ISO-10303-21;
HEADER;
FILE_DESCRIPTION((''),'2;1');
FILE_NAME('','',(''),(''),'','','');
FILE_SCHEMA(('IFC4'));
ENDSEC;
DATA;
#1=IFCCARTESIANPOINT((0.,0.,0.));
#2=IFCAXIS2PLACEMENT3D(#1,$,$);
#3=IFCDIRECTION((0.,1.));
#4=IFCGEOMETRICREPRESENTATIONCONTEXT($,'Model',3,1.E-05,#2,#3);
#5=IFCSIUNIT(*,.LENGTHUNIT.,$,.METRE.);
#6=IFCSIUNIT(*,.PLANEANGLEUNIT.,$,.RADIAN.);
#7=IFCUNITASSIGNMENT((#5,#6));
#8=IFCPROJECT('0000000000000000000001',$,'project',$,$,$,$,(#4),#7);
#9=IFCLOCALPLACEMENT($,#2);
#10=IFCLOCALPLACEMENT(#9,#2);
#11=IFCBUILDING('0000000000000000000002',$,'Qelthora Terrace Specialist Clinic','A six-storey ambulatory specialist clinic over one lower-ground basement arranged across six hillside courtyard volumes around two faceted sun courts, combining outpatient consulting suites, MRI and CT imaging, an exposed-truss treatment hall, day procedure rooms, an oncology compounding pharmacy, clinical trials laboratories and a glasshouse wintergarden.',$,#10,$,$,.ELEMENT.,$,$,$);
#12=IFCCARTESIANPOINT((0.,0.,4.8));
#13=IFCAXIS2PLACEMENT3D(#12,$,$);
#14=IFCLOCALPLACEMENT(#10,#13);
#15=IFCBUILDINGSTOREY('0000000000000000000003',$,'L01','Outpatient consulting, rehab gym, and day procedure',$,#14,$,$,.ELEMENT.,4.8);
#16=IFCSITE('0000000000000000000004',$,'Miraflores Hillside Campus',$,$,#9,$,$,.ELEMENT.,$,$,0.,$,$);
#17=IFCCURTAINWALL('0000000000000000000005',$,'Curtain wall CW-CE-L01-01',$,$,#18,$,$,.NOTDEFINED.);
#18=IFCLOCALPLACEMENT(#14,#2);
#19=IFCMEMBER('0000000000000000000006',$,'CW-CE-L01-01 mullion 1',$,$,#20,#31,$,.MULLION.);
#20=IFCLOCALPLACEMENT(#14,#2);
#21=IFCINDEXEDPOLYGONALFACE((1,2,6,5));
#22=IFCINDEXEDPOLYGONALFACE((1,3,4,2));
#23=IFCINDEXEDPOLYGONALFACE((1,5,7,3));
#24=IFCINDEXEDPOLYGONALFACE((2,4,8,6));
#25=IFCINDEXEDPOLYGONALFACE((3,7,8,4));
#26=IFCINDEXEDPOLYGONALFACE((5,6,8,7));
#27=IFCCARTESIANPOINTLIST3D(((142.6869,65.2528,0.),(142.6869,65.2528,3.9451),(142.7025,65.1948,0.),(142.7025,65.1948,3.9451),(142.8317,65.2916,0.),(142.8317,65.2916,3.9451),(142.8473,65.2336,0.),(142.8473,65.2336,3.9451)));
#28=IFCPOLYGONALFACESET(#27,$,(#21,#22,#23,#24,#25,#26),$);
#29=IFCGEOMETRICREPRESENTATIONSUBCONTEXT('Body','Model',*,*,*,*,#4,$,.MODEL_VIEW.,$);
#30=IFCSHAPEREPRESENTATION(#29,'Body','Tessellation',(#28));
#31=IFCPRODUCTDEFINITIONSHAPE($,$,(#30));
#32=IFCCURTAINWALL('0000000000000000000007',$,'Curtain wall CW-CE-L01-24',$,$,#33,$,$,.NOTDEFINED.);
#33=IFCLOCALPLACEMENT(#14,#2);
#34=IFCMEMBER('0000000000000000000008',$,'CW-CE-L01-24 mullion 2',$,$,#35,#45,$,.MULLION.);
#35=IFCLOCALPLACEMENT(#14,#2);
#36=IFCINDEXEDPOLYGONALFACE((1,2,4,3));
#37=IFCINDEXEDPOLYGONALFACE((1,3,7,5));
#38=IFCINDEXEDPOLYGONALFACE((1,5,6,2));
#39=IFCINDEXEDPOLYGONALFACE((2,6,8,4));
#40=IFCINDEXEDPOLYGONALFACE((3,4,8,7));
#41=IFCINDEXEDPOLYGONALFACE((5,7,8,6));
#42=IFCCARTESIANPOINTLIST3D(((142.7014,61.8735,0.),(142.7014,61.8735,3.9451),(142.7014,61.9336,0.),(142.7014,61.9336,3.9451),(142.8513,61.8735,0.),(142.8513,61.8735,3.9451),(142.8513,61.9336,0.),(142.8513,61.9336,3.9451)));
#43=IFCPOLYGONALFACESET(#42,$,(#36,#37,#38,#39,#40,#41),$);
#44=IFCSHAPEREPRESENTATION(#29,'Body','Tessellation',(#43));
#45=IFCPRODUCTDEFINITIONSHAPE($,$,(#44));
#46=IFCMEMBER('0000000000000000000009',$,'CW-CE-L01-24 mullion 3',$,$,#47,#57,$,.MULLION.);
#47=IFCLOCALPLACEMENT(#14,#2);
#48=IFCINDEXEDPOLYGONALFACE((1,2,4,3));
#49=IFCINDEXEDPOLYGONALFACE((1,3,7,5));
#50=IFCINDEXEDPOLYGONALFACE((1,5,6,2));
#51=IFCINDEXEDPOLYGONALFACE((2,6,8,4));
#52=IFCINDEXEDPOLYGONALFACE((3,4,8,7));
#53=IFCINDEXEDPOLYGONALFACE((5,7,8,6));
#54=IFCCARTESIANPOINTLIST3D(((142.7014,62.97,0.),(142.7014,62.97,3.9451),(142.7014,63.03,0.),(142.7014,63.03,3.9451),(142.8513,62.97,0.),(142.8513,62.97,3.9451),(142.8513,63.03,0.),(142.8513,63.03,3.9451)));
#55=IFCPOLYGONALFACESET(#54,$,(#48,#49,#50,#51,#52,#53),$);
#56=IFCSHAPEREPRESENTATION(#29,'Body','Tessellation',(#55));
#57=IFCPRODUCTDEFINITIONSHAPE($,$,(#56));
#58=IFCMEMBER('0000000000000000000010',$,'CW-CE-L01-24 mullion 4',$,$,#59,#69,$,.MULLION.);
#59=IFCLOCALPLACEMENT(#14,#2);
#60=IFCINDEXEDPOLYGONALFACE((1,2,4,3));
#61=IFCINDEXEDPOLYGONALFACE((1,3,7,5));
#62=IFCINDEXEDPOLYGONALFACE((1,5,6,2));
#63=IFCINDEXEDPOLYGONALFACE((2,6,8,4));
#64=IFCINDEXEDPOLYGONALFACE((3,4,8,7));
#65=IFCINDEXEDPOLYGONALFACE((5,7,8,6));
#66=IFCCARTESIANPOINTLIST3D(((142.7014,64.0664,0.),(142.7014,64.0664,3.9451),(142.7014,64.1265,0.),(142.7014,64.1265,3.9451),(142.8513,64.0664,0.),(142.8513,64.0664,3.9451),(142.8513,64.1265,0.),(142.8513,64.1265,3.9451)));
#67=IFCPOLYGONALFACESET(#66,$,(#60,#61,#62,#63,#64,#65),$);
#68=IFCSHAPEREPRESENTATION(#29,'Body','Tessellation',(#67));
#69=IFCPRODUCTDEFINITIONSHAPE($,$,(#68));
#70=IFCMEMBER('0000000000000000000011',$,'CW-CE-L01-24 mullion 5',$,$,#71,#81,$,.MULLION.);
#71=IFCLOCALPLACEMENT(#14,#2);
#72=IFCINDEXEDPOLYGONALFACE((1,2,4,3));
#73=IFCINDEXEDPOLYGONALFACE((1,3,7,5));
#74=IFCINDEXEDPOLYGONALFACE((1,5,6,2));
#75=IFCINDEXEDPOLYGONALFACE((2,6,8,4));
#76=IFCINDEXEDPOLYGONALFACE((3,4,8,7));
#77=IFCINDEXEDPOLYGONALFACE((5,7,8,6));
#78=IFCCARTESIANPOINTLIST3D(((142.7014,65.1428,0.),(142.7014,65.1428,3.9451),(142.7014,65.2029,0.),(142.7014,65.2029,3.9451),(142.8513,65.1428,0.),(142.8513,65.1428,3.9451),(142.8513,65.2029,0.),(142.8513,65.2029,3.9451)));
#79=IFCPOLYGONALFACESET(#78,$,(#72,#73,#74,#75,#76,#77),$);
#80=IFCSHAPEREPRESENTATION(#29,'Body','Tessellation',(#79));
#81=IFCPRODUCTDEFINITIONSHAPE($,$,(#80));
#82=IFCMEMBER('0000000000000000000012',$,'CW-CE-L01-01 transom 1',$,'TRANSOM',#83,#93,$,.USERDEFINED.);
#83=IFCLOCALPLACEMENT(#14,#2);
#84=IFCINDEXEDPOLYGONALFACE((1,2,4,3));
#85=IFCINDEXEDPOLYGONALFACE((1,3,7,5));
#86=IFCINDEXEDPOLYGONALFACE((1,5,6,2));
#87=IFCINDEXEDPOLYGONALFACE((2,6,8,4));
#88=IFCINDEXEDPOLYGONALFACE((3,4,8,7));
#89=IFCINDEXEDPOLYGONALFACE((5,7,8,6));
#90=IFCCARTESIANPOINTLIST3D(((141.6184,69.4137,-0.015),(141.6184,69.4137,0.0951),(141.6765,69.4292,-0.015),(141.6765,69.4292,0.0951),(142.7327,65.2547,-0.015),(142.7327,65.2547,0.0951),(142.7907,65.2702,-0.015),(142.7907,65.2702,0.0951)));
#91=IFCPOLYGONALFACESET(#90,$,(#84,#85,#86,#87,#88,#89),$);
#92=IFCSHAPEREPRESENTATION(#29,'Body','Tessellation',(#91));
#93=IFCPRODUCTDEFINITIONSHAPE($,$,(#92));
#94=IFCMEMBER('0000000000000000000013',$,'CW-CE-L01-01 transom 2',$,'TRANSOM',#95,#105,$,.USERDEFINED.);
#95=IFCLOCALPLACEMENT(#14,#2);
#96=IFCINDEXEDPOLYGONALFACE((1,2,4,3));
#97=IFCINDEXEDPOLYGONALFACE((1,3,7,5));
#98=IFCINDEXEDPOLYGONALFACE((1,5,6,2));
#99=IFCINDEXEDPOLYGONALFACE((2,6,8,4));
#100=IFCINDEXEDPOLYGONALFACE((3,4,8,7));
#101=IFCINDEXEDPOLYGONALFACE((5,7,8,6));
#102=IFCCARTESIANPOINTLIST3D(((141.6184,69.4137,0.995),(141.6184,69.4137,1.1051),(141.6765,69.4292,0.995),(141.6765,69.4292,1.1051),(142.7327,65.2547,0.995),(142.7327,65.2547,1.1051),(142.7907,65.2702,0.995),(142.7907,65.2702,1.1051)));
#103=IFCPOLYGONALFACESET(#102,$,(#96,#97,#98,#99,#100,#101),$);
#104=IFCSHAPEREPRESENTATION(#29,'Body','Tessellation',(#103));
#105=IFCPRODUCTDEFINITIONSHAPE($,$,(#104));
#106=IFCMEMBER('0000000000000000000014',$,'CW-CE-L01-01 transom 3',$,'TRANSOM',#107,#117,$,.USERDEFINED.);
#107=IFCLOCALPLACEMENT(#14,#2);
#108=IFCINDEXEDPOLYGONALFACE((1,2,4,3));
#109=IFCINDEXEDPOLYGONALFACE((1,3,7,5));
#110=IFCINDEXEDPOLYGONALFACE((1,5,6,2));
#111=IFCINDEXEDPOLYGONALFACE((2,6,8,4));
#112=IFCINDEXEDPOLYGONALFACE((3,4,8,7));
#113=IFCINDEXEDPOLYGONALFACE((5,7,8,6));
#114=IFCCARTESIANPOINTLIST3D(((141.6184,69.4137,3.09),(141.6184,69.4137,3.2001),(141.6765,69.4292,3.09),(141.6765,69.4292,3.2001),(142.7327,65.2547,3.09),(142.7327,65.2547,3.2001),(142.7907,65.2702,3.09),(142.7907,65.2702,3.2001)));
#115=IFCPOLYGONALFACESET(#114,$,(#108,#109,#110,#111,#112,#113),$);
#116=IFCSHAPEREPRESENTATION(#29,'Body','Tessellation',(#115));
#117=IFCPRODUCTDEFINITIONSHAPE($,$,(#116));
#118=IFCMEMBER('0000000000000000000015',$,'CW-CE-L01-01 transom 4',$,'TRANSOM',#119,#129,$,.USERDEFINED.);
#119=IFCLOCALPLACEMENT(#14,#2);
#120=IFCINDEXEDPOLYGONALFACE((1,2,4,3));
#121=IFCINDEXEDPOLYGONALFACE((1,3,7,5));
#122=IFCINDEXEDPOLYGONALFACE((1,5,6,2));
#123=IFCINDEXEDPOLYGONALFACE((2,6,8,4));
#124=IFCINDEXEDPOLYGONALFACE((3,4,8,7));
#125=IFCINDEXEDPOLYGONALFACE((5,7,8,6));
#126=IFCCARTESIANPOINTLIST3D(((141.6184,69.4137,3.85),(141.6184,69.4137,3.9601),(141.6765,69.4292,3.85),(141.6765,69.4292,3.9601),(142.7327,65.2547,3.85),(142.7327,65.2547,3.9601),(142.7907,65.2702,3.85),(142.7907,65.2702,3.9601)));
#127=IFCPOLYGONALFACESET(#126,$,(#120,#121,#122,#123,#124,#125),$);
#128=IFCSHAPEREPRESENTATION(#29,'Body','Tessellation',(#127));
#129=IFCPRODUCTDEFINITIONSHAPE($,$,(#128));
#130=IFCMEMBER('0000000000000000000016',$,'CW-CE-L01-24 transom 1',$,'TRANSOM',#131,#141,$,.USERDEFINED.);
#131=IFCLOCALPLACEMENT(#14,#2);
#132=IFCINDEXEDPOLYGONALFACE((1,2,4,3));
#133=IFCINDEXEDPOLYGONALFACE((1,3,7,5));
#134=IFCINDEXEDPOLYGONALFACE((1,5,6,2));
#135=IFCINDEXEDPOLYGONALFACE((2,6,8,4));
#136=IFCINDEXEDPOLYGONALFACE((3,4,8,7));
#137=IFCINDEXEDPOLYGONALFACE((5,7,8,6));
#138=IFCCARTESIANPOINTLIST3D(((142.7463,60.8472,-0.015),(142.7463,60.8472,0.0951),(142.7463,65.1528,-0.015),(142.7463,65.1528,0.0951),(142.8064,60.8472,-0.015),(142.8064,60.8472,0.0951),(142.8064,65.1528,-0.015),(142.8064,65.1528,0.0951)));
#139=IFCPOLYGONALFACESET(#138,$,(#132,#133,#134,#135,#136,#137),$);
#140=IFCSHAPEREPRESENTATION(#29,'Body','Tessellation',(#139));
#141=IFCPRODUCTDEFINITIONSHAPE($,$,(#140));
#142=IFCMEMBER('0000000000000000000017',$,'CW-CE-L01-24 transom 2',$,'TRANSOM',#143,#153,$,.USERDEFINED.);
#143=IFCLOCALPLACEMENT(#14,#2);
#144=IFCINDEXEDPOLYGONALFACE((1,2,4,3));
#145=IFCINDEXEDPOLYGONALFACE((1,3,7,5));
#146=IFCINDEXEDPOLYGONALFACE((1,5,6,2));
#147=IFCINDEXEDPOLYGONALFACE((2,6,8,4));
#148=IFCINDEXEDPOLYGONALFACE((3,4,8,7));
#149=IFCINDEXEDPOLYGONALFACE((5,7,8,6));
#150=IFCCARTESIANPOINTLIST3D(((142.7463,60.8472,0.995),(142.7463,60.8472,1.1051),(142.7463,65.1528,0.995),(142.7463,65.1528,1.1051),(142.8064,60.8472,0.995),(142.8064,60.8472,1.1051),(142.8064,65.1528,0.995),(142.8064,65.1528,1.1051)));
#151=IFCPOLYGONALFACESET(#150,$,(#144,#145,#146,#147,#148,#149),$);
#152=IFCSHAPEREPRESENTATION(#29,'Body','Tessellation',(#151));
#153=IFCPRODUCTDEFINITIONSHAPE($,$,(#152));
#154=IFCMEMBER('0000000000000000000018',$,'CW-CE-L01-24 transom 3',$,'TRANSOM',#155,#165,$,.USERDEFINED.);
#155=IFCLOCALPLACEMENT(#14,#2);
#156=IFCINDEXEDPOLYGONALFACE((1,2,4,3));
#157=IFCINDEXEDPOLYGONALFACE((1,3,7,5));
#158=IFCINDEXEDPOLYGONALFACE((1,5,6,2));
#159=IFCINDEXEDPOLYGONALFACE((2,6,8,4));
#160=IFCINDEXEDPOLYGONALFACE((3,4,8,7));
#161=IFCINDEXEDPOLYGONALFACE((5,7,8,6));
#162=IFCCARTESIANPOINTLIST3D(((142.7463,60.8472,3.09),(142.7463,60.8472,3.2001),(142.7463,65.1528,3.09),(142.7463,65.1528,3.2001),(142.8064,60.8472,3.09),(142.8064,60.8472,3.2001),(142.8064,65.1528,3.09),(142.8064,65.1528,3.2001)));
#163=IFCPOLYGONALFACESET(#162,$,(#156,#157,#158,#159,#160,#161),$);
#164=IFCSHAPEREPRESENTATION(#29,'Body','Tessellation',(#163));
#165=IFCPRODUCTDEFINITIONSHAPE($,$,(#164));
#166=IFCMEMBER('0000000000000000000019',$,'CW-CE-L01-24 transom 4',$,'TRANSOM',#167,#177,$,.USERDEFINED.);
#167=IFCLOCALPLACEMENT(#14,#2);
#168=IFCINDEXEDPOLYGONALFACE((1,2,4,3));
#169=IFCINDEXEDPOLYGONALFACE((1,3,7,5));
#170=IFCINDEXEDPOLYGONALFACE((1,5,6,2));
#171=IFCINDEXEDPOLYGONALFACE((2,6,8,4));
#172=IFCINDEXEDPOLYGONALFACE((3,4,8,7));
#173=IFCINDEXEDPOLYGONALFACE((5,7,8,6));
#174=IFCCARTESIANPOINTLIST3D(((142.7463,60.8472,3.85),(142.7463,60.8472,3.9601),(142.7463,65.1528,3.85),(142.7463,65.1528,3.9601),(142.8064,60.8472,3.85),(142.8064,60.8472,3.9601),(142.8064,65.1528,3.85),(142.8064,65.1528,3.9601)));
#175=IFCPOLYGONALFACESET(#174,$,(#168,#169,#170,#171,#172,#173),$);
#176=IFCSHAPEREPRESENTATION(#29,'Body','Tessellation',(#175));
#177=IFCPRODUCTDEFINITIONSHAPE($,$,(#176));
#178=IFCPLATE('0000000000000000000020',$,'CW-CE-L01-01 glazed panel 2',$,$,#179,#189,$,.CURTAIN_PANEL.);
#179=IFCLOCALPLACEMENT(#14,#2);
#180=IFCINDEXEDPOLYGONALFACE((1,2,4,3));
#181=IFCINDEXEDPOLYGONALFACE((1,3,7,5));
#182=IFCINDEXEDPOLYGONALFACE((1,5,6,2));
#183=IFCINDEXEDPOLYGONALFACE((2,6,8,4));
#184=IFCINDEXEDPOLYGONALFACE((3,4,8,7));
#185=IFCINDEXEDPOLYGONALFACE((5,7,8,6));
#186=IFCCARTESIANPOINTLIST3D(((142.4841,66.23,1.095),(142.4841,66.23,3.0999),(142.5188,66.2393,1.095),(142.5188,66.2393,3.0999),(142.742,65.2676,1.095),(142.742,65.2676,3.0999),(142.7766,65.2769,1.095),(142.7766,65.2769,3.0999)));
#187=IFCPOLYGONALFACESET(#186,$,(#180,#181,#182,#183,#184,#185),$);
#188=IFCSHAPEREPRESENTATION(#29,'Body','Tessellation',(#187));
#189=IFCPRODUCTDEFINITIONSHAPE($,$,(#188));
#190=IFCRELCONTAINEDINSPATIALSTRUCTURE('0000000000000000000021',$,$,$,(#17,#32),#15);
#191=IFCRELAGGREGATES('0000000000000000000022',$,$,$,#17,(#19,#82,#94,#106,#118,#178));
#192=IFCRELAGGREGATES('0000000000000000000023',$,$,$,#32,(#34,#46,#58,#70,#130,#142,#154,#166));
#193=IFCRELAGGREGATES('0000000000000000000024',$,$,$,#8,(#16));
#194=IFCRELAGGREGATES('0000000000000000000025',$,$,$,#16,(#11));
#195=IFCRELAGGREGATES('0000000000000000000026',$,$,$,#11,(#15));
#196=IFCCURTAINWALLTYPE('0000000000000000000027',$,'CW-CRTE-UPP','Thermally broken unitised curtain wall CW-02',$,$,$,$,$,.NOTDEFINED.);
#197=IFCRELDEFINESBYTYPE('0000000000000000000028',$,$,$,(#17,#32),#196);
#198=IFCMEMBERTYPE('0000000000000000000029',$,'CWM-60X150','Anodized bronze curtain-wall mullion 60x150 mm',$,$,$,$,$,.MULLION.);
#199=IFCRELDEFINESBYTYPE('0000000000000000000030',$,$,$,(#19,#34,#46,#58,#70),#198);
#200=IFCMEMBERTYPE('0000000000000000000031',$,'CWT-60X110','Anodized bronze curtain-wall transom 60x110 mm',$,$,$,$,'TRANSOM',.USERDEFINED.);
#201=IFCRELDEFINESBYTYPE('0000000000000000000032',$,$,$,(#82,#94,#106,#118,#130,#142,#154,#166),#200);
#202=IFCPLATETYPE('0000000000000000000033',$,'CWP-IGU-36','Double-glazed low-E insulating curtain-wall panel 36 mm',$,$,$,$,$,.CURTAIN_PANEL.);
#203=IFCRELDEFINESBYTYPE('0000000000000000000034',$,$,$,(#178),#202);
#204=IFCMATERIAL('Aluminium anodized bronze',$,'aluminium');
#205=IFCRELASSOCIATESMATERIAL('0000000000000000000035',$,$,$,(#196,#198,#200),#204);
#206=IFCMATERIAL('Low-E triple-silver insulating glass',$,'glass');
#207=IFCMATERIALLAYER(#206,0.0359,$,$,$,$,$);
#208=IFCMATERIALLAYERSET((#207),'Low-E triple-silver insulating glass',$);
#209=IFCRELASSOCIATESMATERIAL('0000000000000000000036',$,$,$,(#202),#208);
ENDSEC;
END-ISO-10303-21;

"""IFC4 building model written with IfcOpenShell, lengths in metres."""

from ifc_helpers import new_model, si_unit, direction, frame, origin, origin_2d, place, context, subcontext, project, spatial, rectangle, extrude, material, layer, layer_set, material_profile, profile_set, type_object, element, aggregate, save


model = new_model("IFC4")

# Units and contexts
model_context = context("Model", 3, precision=1e-05, world=origin(), true_north=direction((0.0, 1.0)))
body_context = subcontext(model_context, "Body", "Model", "MODEL_VIEW")
ifc_project = project(units=[si_unit("LENGTHUNIT", "METRE"), si_unit("PLANEANGLEUNIT", "RADIAN")], contexts=[model_context])

# Site, building, storey
site_placement = place(None, origin())
site = spatial("IfcSite", under=ifc_project, at=site_placement, Name="Miraflores Hillside Campus", CompositionType="ELEMENT", RefElevation=0.0)
building_placement = place(site_placement, origin())
building = spatial("IfcBuilding", under=site, at=building_placement, Name="Qelthora Terrace Specialist Clinic", Description="A six-storey ambulatory specialist clinic over one lower-ground basement arranged across six hillside courtyard volumes around two faceted sun courts, combining outpatient consulting suites, MRI and CT imaging, an exposed-truss treatment hall, day procedure rooms, an oncology compounding pharmacy, clinical trials laboratories and a glasshouse wintergarden.", CompositionType="ELEMENT")
storey_placement = place(building_placement, frame((0.0, 0.0, 4.8)))
storey = spatial("IfcBuildingStorey", under=building, at=storey_placement, Name="L01", Description="Outpatient consulting, rehab gym, and day procedure", CompositionType="ELEMENT", Elevation=4.8)

# Curtain wall, member
ifc_material_1 = material(Name="Aluminium anodized bronze", Category="aluminium")
curtain_wall_type = type_object("IfcCurtainWallType", Name="CW-CRTE-UPP", Description="Thermally broken unitised curtain wall CW-02", PredefinedType="NOTDEFINED", material=ifc_material_1)
curtain_wall_1_placement = place(storey_placement, origin())
curtain_wall_1 = element("IfcCurtainWall", 1, at=curtain_wall_1_placement, inside=storey, type_object=curtain_wall_type, Name="Curtain wall CW-CE-L01-01", PredefinedType="NOTDEFINED")
ifc_material_profile_1 = material_profile(ifc_material_1, rectangle(XDim=0.0601, YDim=0.1499, at=origin_2d()), Name="CWM60X150")
ifc_profile_set_1 = profile_set([ifc_material_profile_1], Name="Aluminium anodized bronze")
member_type_1 = type_object("IfcMemberType", Name="CWM-60X150", Description="Anodized bronze curtain-wall mullion 60x150 mm", PredefinedType="MULLION", material=ifc_profile_set_1)
member_1_placement = place(storey_placement, frame((142.7671, 65.2432, 0.0), z_axis=(0.0, 0.0, 1.0), x_axis=(-0.25882, 0.965926, 0.0)))
member_1 = element("IfcMember", 2, at=member_1_placement, type_object=member_type_1, Name="CW-CE-L01-01 mullion 1", PredefinedType="MULLION", context=body_context, shape_type="SweptSolid", body=[
    extrude(rectangle(XDim=0.0601, YDim=0.1499, at=origin_2d()), origin(), (0.0, 0.0, 1.0), 3.9451),
])

# Curtain wall, members
curtain_wall_2_placement = place(storey_placement, origin())
curtain_wall_2 = element("IfcCurtainWall", 3, at=curtain_wall_2_placement, inside=storey, type_object=curtain_wall_type, Name="Curtain wall CW-CE-L01-24", PredefinedType="NOTDEFINED")
member_2_placement = place(storey_placement, frame((142.7764, 61.9036, 0.0), z_axis=(0.0, 0.0, 1.0), x_axis=(0.0, 1.0, 0.0)))
member_2 = element("IfcMember", 4, at=member_2_placement, type_object=member_type_1, Name="CW-CE-L01-24 mullion 2", PredefinedType="MULLION", context=body_context, shape_type="SweptSolid", body=[
    extrude(rectangle(XDim=0.0601, YDim=0.1499, at=origin_2d()), origin(), (0.0, 0.0, 1.0), 3.9451),
])
member_3_placement = place(storey_placement, frame((142.7764, 63.0, 0.0), z_axis=(0.0, 0.0, 1.0), x_axis=(0.0, 1.0, 0.0)))
member_3 = element("IfcMember", 5, at=member_3_placement, type_object=member_type_1, Name="CW-CE-L01-24 mullion 3", PredefinedType="MULLION", context=body_context, shape_type="SweptSolid", body=[
    extrude(rectangle(XDim=0.0601, YDim=0.1499, at=origin_2d()), origin(), (0.0, 0.0, 1.0), 3.9451),
])
member_4_placement = place(storey_placement, frame((142.7764, 64.0964, 0.0), z_axis=(0.0, 0.0, 1.0), x_axis=(0.0, 1.0, 0.0)))
member_4 = element("IfcMember", 6, at=member_4_placement, type_object=member_type_1, Name="CW-CE-L01-24 mullion 4", PredefinedType="MULLION", context=body_context, shape_type="SweptSolid", body=[
    extrude(rectangle(XDim=0.0601, YDim=0.1499, at=origin_2d()), origin(), (0.0, 0.0, 1.0), 3.9451),
])
member_5_placement = place(storey_placement, frame((142.7764, 65.1729, 0.0), z_axis=(0.0, 0.0, 1.0), x_axis=(0.0, 1.0, 0.0)))
member_5 = element("IfcMember", 7, at=member_5_placement, type_object=member_type_1, Name="CW-CE-L01-24 mullion 5", PredefinedType="MULLION", context=body_context, shape_type="SweptSolid", body=[
    extrude(rectangle(XDim=0.0601, YDim=0.1499, at=origin_2d()), origin(), (0.0, 0.0, 1.0), 3.9451),
])

# Members
ifc_material_profile_2 = material_profile(ifc_material_1, rectangle(XDim=0.0601, YDim=0.1101, at=origin_2d()), Name="CWT60X110")
ifc_profile_set_2 = profile_set([ifc_material_profile_2], Name="Aluminium anodized bronze")
member_type_2 = type_object("IfcMemberType", Name="CWT-60X110", Description="Anodized bronze curtain-wall transom 60x110 mm", ElementType="TRANSOM", PredefinedType="USERDEFINED", material=ifc_profile_set_2)
member_6_placement = place(storey_placement, frame((142.7617, 65.2625, 0.04), z_axis=(-0.258792, 0.965933, 0.0), x_axis=(-0.965933, -0.258792, 0.0)))
member_6 = element("IfcMember", 8, at=member_6_placement, type_object=member_type_2, Name="CW-CE-L01-01 transom 1", ObjectType="TRANSOM", PredefinedType="USERDEFINED", context=body_context, shape_type="SweptSolid", body=[
    extrude(rectangle(XDim=0.0601, YDim=0.1101, at=origin_2d()), origin(), (0.0, 0.0, 1.0), 4.3057),
])
member_7_placement = place(storey_placement, frame((142.7617, 65.2625, 1.05), z_axis=(-0.258792, 0.965933, 0.0), x_axis=(-0.965933, -0.258792, 0.0)))
member_7 = element("IfcMember", 9, at=member_7_placement, type_object=member_type_2, Name="CW-CE-L01-01 transom 2", ObjectType="TRANSOM", PredefinedType="USERDEFINED", context=body_context, shape_type="SweptSolid", body=[
    extrude(rectangle(XDim=0.0601, YDim=0.1101, at=origin_2d()), origin(), (0.0, 0.0, 1.0), 4.3057),
])
member_8_placement = place(storey_placement, frame((142.7617, 65.2625, 3.145), z_axis=(-0.258792, 0.965933, 0.0), x_axis=(-0.965933, -0.258792, 0.0)))
member_8 = element("IfcMember", 10, at=member_8_placement, type_object=member_type_2, Name="CW-CE-L01-01 transom 3", ObjectType="TRANSOM", PredefinedType="USERDEFINED", context=body_context, shape_type="SweptSolid", body=[
    extrude(rectangle(XDim=0.0601, YDim=0.1101, at=origin_2d()), origin(), (0.0, 0.0, 1.0), 4.3057),
])
member_9_placement = place(storey_placement, frame((142.7617, 65.2625, 3.905), z_axis=(-0.258792, 0.965933, 0.0), x_axis=(-0.965933, -0.258792, 0.0)))
member_9 = element("IfcMember", 11, at=member_9_placement, type_object=member_type_2, Name="CW-CE-L01-01 transom 4", ObjectType="TRANSOM", PredefinedType="USERDEFINED", context=body_context, shape_type="SweptSolid", body=[
    extrude(rectangle(XDim=0.0601, YDim=0.1101, at=origin_2d()), origin(), (0.0, 0.0, 1.0), 4.3057),
])
member_10_placement = place(storey_placement, frame((142.7764, 60.8472, 0.04), z_axis=(0.0, 1.0, 0.0), x_axis=(-1.0, 0.0, 0.0)))
member_10 = element("IfcMember", 12, at=member_10_placement, type_object=member_type_2, Name="CW-CE-L01-24 transom 1", ObjectType="TRANSOM", PredefinedType="USERDEFINED", context=body_context, shape_type="SweptSolid", body=[
    extrude(rectangle(XDim=0.0601, YDim=0.1101, at=origin_2d()), origin(), (0.0, 0.0, 1.0), 4.3057),
])
member_11_placement = place(storey_placement, frame((142.7764, 60.8472, 1.05), z_axis=(0.0, 1.0, 0.0), x_axis=(-1.0, 0.0, 0.0)))
member_11 = element("IfcMember", 13, at=member_11_placement, type_object=member_type_2, Name="CW-CE-L01-24 transom 2", ObjectType="TRANSOM", PredefinedType="USERDEFINED", context=body_context, shape_type="SweptSolid", body=[
    extrude(rectangle(XDim=0.0601, YDim=0.1101, at=origin_2d()), origin(), (0.0, 0.0, 1.0), 4.3057),
])
member_12_placement = place(storey_placement, frame((142.7764, 60.8472, 3.145), z_axis=(0.0, 1.0, 0.0), x_axis=(-1.0, 0.0, 0.0)))
member_12 = element("IfcMember", 14, at=member_12_placement, type_object=member_type_2, Name="CW-CE-L01-24 transom 3", ObjectType="TRANSOM", PredefinedType="USERDEFINED", context=body_context, shape_type="SweptSolid", body=[
    extrude(rectangle(XDim=0.0601, YDim=0.1101, at=origin_2d()), origin(), (0.0, 0.0, 1.0), 4.3057),
])
member_13_placement = place(storey_placement, frame((142.7764, 60.8472, 3.905), z_axis=(0.0, 1.0, 0.0), x_axis=(-1.0, 0.0, 0.0)))
member_13 = element("IfcMember", 15, at=member_13_placement, type_object=member_type_2, Name="CW-CE-L01-24 transom 4", ObjectType="TRANSOM", PredefinedType="USERDEFINED", context=body_context, shape_type="SweptSolid", body=[
    extrude(rectangle(XDim=0.0601, YDim=0.1101, at=origin_2d()), origin(), (0.0, 0.0, 1.0), 4.3057),
])

# Plate
ifc_material_2 = material(Name="Low-E triple-silver insulating glass", Category="glass")
ifc_layer = layer(ifc_material_2, 0.0359)
ifc_layer_set = layer_set([ifc_layer], Name="Low-E triple-silver insulating glass")
plate_type = type_object("IfcPlateType", Name="CWP-IGU-36", Description="Double-glazed low-E insulating curtain-wall panel 36 mm", PredefinedType="CURTAIN_PANEL", material=ifc_layer_set)
plate_1_placement = place(storey_placement, frame((142.6304, 65.7534, 1.095), z_axis=(0.0, 0.0, 1.0), x_axis=(-0.258819, 0.965926, 0.0)))
plate_1 = element("IfcPlate", 16, at=plate_1_placement, type_object=plate_type, Name="CW-CE-L01-01 glazed panel 2", PredefinedType="CURTAIN_PANEL", context=body_context, shape_type="SweptSolid", body=[
    extrude(rectangle(XDim=0.9963, YDim=0.0359, at=origin_2d()), origin(), (0.0, 0.0, 1.0), 2.0049),
])
aggregate(curtain_wall_1, [member_1, member_6, member_7, member_8, member_9, plate_1])
aggregate(curtain_wall_2, [member_2, member_3, member_4, member_5, member_10, member_11, member_12, member_13])

save(model, "model.ifc")
